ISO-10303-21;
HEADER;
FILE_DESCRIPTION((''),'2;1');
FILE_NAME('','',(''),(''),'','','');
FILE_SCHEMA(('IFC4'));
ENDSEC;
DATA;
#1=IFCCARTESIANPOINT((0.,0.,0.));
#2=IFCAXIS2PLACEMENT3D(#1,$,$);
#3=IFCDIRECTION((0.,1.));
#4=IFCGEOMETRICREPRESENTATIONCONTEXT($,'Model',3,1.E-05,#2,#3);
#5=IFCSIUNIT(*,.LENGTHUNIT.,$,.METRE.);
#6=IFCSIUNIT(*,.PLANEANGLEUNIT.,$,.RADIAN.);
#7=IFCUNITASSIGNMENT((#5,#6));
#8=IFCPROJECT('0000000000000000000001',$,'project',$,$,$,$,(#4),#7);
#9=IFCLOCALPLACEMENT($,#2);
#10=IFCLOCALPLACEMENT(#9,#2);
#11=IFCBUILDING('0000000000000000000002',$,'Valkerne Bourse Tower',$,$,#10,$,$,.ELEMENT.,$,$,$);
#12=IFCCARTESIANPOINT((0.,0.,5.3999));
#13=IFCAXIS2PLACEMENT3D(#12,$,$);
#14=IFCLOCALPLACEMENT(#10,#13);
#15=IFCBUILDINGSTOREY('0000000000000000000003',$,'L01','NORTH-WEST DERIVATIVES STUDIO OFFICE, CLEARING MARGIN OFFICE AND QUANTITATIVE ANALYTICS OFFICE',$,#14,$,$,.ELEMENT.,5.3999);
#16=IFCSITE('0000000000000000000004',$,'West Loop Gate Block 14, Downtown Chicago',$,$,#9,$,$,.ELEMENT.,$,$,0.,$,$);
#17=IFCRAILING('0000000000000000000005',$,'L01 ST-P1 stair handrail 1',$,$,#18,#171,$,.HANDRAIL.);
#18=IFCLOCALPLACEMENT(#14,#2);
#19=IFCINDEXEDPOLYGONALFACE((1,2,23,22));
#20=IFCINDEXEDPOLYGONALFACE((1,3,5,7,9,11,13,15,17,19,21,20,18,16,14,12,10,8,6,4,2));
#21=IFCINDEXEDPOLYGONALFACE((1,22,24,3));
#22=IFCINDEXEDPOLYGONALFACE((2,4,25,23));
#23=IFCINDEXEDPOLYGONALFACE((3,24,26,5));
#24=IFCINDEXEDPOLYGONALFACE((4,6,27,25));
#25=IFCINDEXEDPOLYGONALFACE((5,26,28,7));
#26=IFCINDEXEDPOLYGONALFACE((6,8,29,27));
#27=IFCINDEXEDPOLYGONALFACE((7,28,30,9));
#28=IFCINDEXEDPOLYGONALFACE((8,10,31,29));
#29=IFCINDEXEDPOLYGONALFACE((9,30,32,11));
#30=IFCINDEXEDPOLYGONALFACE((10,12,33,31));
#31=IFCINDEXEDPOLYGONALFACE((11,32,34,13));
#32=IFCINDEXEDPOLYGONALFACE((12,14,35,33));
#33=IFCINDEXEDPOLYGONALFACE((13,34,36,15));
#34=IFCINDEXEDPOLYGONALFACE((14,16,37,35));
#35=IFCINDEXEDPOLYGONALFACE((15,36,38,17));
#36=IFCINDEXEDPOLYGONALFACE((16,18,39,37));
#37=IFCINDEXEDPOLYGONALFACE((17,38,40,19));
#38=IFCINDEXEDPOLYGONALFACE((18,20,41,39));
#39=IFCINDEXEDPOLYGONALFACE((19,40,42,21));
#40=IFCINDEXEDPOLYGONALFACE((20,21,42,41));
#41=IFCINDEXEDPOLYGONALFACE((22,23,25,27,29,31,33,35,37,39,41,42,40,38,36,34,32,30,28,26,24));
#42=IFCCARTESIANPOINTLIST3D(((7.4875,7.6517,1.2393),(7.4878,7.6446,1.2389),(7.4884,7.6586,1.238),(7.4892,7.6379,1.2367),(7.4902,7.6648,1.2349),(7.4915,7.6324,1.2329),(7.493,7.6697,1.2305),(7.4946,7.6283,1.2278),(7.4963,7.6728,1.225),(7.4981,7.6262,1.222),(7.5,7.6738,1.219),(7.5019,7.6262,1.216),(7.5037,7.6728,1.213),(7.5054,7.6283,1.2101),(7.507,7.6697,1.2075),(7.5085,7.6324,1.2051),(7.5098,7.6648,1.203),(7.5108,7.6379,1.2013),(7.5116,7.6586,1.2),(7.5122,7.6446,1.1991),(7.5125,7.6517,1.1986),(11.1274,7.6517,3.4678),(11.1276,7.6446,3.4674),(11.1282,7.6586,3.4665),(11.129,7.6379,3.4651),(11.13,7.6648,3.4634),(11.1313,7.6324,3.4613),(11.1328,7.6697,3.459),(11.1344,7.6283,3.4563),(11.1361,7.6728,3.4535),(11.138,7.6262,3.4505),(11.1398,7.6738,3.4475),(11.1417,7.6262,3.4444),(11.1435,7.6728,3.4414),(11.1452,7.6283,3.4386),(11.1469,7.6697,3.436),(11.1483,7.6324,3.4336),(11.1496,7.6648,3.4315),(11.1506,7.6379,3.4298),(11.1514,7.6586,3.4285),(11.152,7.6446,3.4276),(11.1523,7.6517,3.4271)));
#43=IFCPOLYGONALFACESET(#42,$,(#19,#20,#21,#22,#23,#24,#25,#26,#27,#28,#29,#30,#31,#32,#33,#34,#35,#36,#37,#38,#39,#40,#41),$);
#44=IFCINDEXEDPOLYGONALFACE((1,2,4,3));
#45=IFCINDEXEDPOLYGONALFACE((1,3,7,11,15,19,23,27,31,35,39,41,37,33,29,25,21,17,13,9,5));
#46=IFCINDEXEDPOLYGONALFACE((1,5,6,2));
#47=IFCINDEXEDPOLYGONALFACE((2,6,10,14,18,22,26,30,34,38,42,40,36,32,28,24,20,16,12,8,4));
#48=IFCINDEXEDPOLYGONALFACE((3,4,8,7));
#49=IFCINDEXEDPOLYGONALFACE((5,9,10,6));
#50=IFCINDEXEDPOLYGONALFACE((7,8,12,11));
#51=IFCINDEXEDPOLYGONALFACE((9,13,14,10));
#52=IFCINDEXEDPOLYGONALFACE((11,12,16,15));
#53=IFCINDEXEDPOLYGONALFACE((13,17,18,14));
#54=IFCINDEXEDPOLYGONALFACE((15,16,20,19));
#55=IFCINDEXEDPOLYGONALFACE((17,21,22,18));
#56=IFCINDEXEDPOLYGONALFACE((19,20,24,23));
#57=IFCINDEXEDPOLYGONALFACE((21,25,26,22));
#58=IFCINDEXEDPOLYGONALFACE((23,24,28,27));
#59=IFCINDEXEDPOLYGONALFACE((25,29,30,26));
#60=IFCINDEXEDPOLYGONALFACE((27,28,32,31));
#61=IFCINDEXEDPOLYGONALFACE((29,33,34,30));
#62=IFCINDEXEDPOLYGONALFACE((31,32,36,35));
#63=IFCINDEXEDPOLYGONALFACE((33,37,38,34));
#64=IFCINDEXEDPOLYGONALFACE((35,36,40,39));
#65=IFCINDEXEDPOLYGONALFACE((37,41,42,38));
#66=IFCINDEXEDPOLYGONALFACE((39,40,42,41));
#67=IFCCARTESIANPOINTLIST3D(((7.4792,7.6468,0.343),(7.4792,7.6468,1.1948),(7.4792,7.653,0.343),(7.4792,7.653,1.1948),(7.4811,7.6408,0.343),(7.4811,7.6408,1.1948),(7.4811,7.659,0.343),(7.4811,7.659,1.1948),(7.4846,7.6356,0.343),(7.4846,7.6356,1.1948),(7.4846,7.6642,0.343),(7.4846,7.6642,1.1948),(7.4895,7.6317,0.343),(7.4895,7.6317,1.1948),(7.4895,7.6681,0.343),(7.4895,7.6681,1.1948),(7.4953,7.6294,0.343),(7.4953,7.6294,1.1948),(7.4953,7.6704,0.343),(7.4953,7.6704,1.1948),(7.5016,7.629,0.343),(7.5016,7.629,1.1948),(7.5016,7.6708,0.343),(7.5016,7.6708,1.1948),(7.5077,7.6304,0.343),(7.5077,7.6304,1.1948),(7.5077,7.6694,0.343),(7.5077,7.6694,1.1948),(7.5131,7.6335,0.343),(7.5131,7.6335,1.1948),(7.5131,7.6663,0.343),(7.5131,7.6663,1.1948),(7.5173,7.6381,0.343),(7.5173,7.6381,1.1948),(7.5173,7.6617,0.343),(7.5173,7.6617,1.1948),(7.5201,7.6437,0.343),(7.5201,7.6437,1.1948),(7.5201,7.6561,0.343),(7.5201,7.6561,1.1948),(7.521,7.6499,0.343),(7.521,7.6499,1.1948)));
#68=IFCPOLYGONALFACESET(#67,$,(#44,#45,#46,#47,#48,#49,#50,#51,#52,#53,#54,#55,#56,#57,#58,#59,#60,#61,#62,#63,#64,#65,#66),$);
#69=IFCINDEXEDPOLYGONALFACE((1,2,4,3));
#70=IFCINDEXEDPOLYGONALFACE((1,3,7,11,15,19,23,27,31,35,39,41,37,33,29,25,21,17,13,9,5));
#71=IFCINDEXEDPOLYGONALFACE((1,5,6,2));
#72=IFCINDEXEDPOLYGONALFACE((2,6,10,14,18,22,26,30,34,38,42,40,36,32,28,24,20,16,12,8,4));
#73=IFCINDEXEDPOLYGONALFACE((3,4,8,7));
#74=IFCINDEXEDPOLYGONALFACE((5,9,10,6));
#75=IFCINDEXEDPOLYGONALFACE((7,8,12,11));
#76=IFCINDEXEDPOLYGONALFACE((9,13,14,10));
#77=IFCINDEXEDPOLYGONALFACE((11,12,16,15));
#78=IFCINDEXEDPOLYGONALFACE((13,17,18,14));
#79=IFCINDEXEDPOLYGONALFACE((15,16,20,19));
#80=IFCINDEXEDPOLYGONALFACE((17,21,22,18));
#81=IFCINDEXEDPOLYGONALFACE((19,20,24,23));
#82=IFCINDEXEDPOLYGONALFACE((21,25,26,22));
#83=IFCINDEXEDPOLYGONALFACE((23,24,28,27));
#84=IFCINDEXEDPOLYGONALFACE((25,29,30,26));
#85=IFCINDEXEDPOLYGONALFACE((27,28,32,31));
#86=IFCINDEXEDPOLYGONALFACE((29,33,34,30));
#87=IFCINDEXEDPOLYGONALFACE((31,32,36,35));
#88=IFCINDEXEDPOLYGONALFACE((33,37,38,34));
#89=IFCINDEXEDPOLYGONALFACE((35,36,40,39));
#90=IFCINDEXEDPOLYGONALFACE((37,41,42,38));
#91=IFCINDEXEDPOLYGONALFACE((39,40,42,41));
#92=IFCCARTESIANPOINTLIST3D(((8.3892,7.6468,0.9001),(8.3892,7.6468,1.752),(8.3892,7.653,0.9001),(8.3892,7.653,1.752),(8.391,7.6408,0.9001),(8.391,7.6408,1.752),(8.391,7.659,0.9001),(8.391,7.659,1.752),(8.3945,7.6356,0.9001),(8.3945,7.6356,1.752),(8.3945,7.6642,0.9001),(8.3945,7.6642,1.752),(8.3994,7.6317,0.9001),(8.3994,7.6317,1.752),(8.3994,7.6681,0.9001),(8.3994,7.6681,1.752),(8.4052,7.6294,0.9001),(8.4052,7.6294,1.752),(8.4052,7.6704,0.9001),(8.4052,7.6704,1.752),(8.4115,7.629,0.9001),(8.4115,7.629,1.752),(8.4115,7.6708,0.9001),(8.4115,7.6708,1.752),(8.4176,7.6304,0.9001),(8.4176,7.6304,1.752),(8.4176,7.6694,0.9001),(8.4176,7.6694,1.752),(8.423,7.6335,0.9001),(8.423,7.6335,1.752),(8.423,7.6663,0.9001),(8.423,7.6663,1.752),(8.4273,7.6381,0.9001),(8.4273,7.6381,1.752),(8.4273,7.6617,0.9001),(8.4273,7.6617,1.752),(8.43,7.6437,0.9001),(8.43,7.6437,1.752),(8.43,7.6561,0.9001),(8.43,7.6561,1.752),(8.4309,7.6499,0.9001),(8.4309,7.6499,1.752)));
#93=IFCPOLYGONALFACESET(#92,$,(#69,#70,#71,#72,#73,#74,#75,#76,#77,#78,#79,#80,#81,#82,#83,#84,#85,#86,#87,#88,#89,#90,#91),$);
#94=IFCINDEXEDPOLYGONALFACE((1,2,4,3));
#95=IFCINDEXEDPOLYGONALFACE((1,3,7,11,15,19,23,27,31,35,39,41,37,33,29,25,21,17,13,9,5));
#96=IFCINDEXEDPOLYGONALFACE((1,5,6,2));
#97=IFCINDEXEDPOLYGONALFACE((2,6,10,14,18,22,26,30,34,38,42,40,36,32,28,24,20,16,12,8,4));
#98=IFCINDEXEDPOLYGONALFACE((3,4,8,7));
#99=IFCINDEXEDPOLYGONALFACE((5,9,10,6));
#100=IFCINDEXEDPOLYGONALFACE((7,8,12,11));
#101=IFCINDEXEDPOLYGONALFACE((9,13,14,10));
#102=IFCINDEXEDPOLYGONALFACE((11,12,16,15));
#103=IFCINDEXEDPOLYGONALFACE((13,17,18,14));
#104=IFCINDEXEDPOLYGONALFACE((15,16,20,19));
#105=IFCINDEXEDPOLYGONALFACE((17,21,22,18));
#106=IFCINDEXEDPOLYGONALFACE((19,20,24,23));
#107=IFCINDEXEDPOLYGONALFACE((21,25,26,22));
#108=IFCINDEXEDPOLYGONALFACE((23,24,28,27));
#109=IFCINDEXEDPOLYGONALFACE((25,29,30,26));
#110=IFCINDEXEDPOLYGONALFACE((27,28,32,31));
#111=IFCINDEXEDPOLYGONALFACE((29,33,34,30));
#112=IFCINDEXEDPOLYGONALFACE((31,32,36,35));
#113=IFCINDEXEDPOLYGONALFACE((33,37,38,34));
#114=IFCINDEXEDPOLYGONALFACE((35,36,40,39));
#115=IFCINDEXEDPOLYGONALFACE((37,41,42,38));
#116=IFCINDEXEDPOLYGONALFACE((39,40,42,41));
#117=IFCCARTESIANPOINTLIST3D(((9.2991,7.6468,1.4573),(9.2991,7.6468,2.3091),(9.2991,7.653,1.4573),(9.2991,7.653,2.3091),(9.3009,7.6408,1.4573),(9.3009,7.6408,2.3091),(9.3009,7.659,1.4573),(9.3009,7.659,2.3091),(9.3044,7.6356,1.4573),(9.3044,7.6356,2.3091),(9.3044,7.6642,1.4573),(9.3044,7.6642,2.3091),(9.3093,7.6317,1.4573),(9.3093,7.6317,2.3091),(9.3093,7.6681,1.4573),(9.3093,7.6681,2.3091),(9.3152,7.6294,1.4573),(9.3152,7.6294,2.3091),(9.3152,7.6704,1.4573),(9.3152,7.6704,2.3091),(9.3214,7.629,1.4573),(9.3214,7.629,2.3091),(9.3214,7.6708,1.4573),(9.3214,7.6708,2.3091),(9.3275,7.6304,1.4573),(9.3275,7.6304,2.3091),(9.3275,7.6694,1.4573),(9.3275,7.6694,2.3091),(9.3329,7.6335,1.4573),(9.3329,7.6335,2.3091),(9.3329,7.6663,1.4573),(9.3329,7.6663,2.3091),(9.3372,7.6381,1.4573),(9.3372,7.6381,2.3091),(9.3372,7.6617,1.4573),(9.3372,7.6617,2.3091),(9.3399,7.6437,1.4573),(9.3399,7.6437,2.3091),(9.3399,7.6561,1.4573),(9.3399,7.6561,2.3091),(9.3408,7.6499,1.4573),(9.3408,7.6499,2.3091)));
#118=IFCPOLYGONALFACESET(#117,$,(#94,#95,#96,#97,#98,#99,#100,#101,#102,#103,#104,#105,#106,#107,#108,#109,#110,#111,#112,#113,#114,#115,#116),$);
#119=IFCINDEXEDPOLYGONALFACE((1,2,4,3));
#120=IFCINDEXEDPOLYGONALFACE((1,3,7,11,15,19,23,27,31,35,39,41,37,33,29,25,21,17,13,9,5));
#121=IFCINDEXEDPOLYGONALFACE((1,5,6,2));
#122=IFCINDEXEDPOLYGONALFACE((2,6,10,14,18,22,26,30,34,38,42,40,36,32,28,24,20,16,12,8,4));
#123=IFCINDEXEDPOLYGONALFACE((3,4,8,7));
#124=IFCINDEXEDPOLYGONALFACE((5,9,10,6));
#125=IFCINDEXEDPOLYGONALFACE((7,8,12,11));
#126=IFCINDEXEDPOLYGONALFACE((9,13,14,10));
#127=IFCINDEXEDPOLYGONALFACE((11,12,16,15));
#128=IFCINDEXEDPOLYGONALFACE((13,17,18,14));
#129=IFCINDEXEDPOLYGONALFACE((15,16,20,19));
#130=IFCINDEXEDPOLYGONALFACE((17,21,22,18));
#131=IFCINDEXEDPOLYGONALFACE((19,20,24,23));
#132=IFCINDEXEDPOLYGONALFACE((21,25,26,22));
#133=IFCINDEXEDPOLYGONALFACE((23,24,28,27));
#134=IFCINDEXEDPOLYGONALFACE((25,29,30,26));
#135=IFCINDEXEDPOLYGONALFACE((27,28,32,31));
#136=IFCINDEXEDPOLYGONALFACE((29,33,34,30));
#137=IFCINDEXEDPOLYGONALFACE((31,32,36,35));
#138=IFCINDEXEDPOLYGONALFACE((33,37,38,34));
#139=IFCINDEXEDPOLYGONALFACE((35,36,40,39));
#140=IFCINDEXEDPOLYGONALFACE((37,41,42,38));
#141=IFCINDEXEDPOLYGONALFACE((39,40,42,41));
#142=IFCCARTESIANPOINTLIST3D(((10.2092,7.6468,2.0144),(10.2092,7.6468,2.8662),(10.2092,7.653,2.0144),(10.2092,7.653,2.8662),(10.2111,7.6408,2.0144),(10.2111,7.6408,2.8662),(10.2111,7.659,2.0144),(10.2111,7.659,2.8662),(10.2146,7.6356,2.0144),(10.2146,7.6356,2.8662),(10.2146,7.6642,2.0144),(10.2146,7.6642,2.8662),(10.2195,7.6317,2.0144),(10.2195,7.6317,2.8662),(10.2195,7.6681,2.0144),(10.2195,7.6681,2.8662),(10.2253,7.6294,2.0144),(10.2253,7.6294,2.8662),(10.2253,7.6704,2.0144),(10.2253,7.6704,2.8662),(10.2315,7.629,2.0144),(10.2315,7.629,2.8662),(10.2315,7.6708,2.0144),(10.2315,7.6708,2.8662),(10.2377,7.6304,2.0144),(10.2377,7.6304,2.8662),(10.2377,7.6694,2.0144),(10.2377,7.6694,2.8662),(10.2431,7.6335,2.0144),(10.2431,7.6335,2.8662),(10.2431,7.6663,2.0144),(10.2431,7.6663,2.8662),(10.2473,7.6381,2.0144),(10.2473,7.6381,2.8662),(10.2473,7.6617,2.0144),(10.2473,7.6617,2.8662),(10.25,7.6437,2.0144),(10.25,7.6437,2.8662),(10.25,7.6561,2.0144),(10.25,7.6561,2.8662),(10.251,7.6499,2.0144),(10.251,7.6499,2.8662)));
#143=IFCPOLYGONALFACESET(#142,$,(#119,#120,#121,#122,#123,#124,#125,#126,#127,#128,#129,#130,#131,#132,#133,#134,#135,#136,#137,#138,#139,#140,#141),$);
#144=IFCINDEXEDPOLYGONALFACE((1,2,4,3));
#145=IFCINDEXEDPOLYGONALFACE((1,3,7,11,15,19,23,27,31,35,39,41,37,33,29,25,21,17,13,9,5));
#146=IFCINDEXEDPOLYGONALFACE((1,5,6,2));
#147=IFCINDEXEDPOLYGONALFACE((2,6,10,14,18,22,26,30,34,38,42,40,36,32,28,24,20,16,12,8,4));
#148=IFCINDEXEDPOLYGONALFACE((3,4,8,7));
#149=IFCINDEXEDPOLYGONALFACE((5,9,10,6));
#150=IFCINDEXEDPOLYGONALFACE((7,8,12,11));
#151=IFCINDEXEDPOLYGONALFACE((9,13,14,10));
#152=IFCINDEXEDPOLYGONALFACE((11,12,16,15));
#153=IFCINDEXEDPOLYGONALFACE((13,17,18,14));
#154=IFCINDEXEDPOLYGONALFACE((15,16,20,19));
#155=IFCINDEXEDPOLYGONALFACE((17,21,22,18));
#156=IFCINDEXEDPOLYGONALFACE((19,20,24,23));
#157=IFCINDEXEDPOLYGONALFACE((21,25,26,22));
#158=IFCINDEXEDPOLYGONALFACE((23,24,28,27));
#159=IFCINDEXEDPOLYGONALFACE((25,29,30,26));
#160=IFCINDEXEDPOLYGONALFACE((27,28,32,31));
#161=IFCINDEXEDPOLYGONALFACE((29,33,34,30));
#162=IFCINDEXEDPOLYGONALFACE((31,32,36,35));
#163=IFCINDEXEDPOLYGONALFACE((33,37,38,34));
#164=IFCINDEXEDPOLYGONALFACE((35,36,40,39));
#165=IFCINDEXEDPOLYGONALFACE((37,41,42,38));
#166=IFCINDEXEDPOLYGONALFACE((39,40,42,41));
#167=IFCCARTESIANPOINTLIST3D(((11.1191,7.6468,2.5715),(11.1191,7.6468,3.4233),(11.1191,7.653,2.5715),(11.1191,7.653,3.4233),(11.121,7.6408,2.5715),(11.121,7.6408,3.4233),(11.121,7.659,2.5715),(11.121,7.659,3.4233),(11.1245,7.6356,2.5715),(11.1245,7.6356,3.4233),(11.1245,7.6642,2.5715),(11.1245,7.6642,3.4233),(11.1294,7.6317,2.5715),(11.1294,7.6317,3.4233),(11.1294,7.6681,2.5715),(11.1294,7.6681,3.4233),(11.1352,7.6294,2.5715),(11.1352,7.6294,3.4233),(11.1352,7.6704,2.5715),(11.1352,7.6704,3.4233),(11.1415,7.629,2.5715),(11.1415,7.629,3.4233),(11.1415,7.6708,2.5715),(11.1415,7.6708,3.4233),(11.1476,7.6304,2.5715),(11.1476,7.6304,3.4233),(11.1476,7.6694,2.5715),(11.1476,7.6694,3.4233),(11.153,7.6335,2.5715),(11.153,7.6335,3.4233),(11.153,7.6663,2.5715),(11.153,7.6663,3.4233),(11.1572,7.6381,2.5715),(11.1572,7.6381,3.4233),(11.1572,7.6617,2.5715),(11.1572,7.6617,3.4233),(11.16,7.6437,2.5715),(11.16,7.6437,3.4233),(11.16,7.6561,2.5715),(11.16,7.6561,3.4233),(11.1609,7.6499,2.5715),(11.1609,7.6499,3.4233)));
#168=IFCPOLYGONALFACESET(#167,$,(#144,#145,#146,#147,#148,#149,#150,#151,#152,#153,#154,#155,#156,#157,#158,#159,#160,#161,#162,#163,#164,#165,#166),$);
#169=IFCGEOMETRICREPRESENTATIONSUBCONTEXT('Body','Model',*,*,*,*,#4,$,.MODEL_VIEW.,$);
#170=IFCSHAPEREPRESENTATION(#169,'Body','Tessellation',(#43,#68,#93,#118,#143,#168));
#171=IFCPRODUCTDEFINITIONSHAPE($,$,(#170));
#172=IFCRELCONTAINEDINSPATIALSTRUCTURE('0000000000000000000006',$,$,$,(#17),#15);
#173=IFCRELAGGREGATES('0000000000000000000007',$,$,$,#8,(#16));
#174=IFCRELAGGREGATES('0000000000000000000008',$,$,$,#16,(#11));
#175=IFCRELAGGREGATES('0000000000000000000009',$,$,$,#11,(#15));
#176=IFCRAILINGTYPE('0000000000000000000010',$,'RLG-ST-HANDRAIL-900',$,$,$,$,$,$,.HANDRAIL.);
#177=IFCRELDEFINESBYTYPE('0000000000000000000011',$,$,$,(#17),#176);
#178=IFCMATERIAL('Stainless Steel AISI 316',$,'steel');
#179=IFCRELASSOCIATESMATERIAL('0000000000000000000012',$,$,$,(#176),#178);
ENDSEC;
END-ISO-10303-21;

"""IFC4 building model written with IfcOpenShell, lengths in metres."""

from ifc_helpers import new_model, si_unit, direction, frame, origin, origin_2d, place, context, subcontext, project, spatial, circle, extrude, material, type_object, element, save


model = new_model("IFC4")

# Units and contexts
model_context = context("Model", 3, precision=1e-05, world=origin(), true_north=direction((0.0, 1.0)))
body_context = subcontext(model_context, "Body", "Model", "MODEL_VIEW")
ifc_project = project(units=[si_unit("LENGTHUNIT", "METRE"), si_unit("PLANEANGLEUNIT", "RADIAN")], contexts=[model_context])

# Site, building, storey
site_placement = place(None, origin())
site = spatial("IfcSite", under=ifc_project, at=site_placement, Name="West Loop Gate Block 14, Downtown Chicago", CompositionType="ELEMENT", RefElevation=0.0)
building_placement = place(site_placement, origin())
building = spatial("IfcBuilding", under=site, at=building_placement, Name="Valkerne Bourse Tower", CompositionType="ELEMENT")
storey_placement = place(building_placement, frame((0.0, 0.0, 5.3999)))
storey = spatial("IfcBuildingStorey", under=building, at=storey_placement, Name="L01", Description="NORTH-WEST DERIVATIVES STUDIO OFFICE, CLEARING MARGIN OFFICE AND QUANTITATIVE ANALYTICS OFFICE", CompositionType="ELEMENT", Elevation=5.3999)

# Railing
ifc_material_1 = material(Name="Stainless Steel AISI 316", Category="steel")
railing_type_1 = type_object("IfcRailingType", Name="RLG-ST-HANDRAIL-900", PredefinedType="HANDRAIL", material=ifc_material_1)
railing_1_placement = place(storey_placement, frame((7.5, 7.6499, 0.343)))
element("IfcRailing", 1, at=railing_1_placement, inside=storey, type_object=railing_type_1, Name="L01 ST-P1 stair handrail 1", PredefinedType="HANDRAIL", context=body_context, shape_type="SweptSolid", body=[
    extrude(circle(Radius=0.0239, at=origin_2d()), frame((0.0, 0.0, 0.876), z_axis=(0.85285, 0.0, 0.522156), x_axis=(0.0, 1.0, 0.0)), (0.0, 0.0, 1.0), 4.2678),
    extrude(circle(Radius=0.021, at=origin_2d()), origin(), (0.0, 0.0, 1.0), 0.8518),
    extrude(circle(Radius=0.021, at=origin_2d()), frame((0.9099, 0.0, 0.5571)), (0.0, 0.0, 1.0), 0.8518),
    extrude(circle(Radius=0.021, at=origin_2d()), frame((1.8198, 0.0, 1.1143)), (0.0, 0.0, 1.0), 0.8518),
    extrude(circle(Radius=0.021, at=origin_2d()), frame((2.73, 0.0, 1.6714)), (0.0, 0.0, 1.0), 0.8518),
    extrude(circle(Radius=0.021, at=origin_2d()), frame((3.6399, 0.0, 2.2285)), (0.0, 0.0, 1.0), 0.8518),
])

save(model, "model.ifc")
